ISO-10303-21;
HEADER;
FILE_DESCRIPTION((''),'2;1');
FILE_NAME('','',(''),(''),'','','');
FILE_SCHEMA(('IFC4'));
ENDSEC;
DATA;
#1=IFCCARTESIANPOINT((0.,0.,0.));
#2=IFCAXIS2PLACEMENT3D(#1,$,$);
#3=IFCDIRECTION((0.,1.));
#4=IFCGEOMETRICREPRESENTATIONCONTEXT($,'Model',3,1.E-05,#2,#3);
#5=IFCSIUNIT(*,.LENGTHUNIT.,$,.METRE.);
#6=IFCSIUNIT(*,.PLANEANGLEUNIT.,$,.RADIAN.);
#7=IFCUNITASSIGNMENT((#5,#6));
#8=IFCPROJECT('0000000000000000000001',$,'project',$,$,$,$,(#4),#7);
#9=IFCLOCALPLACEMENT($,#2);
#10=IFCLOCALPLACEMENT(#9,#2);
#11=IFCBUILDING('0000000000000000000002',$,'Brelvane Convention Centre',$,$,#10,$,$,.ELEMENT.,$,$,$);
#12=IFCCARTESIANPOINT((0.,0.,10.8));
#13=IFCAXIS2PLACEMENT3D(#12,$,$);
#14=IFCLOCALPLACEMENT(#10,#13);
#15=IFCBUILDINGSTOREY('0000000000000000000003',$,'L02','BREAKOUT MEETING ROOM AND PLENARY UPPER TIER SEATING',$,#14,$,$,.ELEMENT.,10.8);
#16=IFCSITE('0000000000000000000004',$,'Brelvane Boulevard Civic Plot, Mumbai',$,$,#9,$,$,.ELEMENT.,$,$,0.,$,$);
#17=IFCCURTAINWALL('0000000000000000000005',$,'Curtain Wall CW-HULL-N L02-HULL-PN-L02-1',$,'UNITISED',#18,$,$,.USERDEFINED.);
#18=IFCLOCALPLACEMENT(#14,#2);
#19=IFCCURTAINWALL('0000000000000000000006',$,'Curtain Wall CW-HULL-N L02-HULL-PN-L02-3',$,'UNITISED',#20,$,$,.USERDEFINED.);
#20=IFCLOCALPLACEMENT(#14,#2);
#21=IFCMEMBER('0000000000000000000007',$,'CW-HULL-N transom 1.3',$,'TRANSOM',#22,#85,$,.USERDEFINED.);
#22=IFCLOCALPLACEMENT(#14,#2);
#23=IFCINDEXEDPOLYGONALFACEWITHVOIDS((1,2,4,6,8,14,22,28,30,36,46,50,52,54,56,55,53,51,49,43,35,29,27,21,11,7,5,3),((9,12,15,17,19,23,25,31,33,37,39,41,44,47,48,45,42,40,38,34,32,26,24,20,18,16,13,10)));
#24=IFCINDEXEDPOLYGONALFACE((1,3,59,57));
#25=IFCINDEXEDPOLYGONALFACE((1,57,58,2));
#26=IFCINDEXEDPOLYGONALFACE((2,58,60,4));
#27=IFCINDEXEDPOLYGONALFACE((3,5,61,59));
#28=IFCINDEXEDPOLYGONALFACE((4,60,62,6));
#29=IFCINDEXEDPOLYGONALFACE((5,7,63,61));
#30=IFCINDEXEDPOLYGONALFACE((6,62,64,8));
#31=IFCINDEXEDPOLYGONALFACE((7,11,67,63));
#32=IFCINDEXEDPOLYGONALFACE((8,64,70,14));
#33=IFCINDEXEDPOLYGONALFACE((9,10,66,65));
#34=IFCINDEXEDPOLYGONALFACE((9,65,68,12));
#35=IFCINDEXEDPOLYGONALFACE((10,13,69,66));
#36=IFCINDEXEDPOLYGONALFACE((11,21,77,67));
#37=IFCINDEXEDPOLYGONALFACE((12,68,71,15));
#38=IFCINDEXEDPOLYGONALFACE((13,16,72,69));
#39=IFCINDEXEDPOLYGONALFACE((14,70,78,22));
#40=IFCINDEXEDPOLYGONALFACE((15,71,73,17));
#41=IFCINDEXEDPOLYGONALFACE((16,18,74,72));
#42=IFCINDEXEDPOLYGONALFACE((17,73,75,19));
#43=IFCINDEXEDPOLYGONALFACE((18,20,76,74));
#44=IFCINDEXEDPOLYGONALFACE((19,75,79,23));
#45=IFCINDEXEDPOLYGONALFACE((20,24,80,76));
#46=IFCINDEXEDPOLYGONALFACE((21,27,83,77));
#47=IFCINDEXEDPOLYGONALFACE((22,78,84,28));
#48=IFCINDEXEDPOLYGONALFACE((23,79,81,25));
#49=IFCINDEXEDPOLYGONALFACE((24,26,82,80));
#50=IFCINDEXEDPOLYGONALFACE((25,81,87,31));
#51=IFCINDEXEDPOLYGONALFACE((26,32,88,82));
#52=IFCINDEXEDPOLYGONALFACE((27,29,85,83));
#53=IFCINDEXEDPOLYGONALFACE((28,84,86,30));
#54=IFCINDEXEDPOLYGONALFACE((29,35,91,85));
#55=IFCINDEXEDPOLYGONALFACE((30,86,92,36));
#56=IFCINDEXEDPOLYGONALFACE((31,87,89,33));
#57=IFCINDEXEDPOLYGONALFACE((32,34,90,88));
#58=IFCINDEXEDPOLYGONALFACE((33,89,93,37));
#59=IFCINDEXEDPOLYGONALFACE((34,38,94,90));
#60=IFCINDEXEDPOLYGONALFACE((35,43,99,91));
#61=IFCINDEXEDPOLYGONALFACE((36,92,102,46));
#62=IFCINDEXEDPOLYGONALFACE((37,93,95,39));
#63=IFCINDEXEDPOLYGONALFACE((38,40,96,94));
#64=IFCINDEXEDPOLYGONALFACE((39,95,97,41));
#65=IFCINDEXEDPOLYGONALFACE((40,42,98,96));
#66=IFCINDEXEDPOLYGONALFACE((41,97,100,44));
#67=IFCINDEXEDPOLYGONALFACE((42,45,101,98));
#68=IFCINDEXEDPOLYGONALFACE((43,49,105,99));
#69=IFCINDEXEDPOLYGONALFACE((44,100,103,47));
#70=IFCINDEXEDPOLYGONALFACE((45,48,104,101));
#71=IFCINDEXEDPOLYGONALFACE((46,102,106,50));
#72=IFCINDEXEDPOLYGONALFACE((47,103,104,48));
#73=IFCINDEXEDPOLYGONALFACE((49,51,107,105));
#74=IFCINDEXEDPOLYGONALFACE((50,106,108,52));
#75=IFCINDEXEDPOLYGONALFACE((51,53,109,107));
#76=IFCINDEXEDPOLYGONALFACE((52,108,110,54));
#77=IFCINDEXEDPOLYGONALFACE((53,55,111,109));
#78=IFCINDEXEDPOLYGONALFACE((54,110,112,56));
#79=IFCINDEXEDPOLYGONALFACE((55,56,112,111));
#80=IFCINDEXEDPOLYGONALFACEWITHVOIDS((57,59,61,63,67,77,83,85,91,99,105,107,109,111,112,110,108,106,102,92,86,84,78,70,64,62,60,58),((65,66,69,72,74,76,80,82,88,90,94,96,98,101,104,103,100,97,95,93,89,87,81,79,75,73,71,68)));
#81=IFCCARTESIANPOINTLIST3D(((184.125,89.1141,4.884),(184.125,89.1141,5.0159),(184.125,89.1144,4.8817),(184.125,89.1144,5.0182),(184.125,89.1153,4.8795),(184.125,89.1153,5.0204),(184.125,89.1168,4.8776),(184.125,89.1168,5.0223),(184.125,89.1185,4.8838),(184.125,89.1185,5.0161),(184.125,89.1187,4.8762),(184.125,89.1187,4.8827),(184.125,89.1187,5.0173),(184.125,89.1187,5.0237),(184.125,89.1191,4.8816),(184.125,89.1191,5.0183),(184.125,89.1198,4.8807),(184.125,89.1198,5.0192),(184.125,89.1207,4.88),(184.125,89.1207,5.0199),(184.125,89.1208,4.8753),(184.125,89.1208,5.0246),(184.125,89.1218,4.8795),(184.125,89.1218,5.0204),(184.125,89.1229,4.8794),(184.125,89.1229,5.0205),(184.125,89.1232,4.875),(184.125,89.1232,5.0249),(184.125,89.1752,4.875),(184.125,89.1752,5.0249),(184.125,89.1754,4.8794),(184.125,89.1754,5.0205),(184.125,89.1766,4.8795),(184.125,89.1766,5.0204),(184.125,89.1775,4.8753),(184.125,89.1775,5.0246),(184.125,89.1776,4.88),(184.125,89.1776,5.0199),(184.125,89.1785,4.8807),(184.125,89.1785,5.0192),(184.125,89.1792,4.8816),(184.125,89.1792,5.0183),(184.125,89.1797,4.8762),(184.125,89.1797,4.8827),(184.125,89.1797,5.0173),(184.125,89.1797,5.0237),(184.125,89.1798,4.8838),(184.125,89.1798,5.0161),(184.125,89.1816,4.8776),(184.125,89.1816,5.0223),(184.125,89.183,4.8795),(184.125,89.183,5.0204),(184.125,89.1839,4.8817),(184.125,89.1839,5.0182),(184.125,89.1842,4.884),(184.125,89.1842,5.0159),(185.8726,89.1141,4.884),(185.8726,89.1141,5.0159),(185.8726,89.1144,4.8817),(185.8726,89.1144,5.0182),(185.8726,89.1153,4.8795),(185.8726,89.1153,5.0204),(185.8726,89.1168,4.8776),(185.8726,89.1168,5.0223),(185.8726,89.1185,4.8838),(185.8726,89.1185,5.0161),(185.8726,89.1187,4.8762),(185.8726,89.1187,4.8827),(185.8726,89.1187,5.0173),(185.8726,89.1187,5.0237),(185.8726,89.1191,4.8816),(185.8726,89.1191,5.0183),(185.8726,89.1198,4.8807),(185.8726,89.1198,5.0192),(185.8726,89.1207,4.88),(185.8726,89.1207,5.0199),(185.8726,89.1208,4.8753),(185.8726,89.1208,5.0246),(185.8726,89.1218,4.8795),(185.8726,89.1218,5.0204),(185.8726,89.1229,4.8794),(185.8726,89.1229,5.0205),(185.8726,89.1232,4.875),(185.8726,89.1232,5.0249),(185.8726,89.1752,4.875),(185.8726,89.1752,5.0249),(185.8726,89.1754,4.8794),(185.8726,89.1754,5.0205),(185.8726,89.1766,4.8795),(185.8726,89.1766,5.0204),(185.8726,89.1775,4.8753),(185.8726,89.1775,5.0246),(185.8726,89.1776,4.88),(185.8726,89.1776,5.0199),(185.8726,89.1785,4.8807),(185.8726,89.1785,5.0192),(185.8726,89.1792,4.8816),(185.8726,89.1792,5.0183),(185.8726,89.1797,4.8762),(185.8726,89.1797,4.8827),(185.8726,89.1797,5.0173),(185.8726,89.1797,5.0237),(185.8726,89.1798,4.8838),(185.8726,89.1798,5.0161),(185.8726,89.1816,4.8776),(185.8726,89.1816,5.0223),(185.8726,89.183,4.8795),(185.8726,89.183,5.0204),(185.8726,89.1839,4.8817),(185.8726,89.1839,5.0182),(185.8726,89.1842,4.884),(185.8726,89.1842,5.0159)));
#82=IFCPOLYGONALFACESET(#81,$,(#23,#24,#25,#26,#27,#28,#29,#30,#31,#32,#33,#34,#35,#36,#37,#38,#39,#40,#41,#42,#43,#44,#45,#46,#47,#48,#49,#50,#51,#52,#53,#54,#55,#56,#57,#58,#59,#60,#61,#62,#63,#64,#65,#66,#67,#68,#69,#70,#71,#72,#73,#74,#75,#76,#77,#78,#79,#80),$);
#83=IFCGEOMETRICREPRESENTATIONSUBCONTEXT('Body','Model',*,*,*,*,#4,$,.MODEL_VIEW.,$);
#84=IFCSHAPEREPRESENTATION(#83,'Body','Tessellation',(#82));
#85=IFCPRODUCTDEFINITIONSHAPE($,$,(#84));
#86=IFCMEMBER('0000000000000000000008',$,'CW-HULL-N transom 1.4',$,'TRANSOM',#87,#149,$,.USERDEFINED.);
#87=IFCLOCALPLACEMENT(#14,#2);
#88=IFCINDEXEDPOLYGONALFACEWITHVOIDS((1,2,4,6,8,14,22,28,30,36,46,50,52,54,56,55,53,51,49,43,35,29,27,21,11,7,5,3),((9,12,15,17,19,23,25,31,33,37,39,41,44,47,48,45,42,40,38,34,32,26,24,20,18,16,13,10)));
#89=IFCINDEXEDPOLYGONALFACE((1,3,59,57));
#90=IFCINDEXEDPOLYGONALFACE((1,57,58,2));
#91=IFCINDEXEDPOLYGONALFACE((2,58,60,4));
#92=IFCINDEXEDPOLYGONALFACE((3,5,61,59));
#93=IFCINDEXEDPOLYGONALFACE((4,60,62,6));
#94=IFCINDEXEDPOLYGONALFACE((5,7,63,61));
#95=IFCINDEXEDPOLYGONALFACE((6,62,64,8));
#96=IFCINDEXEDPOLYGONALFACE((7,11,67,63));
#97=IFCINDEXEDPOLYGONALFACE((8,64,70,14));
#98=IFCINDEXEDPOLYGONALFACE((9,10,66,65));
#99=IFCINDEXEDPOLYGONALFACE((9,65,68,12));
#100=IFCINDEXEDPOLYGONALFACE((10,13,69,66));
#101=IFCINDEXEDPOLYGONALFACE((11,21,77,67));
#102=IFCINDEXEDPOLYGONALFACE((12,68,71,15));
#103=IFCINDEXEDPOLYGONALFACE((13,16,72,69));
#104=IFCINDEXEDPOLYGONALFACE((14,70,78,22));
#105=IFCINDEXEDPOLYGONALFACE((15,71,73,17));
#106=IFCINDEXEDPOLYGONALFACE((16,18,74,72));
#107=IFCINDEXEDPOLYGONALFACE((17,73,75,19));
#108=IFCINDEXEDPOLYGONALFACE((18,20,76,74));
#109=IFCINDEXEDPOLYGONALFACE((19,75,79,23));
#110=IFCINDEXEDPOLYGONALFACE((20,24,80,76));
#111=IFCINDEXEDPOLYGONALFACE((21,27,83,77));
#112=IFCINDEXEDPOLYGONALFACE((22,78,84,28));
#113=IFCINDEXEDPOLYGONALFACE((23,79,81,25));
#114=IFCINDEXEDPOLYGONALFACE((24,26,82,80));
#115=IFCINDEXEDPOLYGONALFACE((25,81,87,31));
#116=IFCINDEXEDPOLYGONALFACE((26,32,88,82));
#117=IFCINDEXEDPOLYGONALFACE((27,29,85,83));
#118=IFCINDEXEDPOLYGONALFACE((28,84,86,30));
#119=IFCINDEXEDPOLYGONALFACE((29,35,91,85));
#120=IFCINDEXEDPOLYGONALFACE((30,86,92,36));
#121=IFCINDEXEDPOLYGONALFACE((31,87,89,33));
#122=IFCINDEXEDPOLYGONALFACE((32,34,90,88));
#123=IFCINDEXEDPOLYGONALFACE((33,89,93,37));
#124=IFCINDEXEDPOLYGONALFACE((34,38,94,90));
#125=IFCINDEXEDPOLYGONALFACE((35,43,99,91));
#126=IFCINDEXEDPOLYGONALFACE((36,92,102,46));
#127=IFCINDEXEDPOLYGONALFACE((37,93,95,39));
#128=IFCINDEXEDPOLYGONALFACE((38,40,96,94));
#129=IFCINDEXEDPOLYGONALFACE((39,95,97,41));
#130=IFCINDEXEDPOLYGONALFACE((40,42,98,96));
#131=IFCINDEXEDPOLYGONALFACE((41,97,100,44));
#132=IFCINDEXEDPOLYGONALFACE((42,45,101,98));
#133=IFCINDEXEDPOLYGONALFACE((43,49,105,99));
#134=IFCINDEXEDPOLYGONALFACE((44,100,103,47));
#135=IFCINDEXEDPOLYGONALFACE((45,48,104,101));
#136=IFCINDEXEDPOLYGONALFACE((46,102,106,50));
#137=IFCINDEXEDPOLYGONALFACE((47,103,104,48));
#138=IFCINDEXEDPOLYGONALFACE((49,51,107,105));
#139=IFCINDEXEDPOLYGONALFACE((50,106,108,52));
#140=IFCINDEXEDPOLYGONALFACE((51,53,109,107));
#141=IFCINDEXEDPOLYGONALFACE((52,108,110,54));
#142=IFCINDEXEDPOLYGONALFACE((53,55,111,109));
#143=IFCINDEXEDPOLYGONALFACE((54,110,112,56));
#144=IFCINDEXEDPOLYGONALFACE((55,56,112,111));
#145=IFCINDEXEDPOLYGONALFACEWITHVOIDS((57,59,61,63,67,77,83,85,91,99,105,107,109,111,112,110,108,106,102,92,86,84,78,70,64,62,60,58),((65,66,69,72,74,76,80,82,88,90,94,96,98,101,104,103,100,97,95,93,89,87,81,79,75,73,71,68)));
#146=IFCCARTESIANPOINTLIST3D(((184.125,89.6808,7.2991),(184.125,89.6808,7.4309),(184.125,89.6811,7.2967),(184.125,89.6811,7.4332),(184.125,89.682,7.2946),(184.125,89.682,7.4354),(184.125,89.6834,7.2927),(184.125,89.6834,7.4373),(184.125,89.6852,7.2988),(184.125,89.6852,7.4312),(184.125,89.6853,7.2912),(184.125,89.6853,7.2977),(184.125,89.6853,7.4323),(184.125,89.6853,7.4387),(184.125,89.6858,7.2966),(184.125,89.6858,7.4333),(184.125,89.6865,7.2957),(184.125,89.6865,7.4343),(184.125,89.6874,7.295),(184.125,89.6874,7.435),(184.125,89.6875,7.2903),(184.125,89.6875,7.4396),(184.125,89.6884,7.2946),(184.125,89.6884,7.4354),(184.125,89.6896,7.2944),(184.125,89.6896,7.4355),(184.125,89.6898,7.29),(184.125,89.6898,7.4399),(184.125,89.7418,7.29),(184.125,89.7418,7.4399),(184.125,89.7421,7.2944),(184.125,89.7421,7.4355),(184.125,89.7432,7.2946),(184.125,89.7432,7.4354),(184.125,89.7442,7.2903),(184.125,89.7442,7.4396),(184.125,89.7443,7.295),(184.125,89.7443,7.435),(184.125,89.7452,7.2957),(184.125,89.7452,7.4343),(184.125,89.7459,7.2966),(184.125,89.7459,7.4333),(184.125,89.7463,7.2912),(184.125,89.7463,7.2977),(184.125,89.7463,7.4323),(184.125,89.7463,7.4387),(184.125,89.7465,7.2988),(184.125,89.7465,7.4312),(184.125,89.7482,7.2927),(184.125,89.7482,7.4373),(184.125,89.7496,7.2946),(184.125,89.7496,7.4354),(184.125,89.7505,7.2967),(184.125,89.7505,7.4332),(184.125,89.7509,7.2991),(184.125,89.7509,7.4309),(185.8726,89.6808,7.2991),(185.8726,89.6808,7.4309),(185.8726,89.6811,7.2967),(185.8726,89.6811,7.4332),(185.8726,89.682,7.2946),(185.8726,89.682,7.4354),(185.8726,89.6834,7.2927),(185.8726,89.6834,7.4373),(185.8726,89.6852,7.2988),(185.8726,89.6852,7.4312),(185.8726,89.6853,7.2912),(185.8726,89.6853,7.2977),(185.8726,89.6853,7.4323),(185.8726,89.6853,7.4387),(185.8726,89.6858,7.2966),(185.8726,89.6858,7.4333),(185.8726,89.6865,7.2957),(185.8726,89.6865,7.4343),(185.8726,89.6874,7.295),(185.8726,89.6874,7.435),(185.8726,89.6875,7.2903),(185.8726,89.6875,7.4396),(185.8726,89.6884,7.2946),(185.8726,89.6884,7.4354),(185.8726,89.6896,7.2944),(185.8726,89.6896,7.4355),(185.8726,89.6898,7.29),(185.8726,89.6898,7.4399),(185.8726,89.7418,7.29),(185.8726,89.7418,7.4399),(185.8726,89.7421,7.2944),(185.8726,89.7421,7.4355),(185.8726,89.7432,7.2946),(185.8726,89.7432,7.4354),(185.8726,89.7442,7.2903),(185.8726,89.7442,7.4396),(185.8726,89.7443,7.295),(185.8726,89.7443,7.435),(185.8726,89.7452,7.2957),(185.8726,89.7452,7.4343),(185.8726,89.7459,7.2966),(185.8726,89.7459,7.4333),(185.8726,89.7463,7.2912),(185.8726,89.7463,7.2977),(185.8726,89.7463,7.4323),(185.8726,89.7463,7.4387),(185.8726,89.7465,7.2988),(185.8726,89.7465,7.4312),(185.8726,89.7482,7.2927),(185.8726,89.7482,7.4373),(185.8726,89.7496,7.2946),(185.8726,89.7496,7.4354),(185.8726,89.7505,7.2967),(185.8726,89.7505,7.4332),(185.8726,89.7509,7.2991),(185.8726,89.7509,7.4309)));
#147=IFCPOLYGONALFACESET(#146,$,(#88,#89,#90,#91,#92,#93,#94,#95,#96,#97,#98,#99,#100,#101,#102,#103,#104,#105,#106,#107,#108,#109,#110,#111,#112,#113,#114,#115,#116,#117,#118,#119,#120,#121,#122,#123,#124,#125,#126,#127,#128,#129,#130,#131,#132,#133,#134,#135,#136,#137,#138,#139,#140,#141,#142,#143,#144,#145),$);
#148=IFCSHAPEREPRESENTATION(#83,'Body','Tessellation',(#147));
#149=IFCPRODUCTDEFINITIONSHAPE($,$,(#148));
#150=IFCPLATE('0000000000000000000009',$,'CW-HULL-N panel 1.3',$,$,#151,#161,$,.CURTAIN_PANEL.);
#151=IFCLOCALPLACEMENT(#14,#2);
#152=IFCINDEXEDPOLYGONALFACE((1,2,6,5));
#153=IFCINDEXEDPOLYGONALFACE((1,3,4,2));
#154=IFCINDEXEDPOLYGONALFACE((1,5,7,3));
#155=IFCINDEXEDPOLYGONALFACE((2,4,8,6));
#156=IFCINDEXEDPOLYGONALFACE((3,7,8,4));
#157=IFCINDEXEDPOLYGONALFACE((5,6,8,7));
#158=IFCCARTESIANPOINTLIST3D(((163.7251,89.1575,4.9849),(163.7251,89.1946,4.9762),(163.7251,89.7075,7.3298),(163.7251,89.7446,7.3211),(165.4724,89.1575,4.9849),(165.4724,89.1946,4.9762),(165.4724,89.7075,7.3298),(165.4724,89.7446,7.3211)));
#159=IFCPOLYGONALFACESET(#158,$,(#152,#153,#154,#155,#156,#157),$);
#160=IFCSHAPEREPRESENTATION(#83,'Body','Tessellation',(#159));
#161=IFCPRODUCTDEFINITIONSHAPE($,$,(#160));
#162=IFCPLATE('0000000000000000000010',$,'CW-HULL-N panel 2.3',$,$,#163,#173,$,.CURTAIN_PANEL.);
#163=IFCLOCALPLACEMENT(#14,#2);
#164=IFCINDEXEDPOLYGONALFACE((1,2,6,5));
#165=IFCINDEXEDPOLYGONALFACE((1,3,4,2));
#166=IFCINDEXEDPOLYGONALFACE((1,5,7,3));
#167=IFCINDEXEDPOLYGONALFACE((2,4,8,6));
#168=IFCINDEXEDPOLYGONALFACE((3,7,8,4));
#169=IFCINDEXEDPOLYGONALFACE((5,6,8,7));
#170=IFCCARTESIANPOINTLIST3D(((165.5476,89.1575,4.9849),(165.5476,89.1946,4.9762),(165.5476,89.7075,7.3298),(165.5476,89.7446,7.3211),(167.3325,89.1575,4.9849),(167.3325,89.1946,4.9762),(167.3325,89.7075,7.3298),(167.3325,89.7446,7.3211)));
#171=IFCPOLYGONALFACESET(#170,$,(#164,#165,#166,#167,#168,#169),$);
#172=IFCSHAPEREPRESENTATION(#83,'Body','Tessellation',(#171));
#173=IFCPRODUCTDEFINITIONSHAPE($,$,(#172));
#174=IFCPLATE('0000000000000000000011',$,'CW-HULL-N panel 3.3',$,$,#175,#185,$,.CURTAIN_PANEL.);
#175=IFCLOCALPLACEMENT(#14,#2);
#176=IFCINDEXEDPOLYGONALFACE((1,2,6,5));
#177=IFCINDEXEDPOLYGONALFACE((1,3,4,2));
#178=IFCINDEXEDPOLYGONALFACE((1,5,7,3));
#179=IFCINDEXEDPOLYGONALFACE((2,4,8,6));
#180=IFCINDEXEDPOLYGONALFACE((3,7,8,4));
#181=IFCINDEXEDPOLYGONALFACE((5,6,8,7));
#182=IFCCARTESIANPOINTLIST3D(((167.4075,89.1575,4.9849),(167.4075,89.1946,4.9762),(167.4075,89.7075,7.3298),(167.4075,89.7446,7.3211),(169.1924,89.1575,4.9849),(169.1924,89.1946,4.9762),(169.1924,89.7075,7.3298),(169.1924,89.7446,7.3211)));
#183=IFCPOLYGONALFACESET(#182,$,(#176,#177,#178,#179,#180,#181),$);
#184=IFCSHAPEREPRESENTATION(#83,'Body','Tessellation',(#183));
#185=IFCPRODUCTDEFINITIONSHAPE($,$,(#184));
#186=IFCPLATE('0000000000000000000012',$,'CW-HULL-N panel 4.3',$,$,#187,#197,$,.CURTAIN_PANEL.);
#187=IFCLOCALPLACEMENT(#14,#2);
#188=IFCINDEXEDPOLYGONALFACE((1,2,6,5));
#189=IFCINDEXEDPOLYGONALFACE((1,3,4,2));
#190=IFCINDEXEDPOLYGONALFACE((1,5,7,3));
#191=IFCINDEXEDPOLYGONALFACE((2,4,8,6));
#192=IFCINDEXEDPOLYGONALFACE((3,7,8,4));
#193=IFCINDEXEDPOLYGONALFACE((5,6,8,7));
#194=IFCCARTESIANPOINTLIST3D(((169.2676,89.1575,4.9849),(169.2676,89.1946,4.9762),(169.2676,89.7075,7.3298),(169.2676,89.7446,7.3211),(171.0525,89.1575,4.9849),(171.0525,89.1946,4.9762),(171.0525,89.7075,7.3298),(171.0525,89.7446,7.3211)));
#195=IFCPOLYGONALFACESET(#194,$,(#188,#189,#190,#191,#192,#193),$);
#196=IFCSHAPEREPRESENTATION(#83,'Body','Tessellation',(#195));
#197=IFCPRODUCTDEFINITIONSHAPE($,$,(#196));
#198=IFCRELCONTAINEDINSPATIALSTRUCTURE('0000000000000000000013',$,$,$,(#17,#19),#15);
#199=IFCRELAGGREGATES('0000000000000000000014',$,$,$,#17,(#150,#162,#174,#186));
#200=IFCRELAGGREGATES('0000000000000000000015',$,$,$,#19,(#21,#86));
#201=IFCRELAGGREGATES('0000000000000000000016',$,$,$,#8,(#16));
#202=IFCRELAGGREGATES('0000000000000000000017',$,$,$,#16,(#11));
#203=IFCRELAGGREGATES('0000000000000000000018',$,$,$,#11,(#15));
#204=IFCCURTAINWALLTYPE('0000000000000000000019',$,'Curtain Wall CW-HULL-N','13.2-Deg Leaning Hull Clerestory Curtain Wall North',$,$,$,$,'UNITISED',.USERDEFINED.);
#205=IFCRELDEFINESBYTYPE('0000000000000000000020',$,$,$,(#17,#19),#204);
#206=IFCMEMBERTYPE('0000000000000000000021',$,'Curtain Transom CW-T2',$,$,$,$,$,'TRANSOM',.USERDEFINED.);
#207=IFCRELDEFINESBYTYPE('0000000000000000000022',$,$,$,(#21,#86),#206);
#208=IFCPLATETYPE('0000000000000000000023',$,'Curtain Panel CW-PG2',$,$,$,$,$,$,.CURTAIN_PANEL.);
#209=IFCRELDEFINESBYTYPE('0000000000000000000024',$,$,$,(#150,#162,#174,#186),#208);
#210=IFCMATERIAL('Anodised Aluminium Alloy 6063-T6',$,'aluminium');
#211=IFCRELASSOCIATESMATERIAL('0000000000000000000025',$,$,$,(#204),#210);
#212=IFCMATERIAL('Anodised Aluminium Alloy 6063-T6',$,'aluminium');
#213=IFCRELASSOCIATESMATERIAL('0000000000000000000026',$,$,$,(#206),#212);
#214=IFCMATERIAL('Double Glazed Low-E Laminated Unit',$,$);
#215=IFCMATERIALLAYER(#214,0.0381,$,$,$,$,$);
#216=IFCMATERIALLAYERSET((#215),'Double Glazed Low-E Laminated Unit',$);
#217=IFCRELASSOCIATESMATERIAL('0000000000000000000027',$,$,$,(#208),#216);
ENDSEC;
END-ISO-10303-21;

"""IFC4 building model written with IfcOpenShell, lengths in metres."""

from ifc_helpers import new_model, si_unit, direction, frame, origin, origin_2d, place, context, subcontext, project, spatial, polyline, hollow_rectangle, outline, extrude, material, layer, layer_set, material_profile, profile_set, type_object, element, aggregate, save


model = new_model("IFC4")

# Units and contexts
model_context = context("Model", 3, precision=1e-05, world=origin(), true_north=direction((0.0, 1.0)))
body_context = subcontext(model_context, "Body", "Model", "MODEL_VIEW")
ifc_project = project(units=[si_unit("LENGTHUNIT", "METRE"), si_unit("PLANEANGLEUNIT", "RADIAN")], contexts=[model_context])

# Site, building, storey
site_placement = place(None, origin())
site = spatial("IfcSite", under=ifc_project, at=site_placement, Name="Brelvane Boulevard Civic Plot, Mumbai", CompositionType="ELEMENT", RefElevation=0.0)
building_placement = place(site_placement, origin())
building = spatial("IfcBuilding", under=site, at=building_placement, Name="Brelvane Convention Centre", CompositionType="ELEMENT")
storey_placement = place(building_placement, frame((0.0, 0.0, 10.8)))
storey = spatial("IfcBuildingStorey", under=building, at=storey_placement, Name="L02", Description="BREAKOUT MEETING ROOM AND PLENARY UPPER TIER SEATING", CompositionType="ELEMENT", Elevation=10.8)

# Curtain walls, members
ifc_material_1 = material(Name="Anodised Aluminium Alloy 6063-T6", Category="aluminium")
curtain_wall_type = type_object("IfcCurtainWallType", Name="Curtain Wall CW-HULL-N", Description="13.2-Deg Leaning Hull Clerestory Curtain Wall North", ElementType="UNITISED", PredefinedType="USERDEFINED", material=ifc_material_1)
curtain_wall_1_placement = place(storey_placement, origin())
curtain_wall_1 = element("IfcCurtainWall", 1, at=curtain_wall_1_placement, inside=storey, type_object=curtain_wall_type, Name="Curtain Wall CW-HULL-N L02-HULL-PN-L02-1", ObjectType="UNITISED", PredefinedType="USERDEFINED")
ifc_material_2 = material(Name="Anodised Aluminium Alloy 6063-T6", Category="aluminium")
ifc_material_profile = material_profile(ifc_material_2, hollow_rectangle(XDim=0.0701, YDim=0.1499, WallThickness=0.0044, InnerFilletRadius=0.0044, OuterFilletRadius=0.009, at=origin_2d()), Name="ALU-T 150x70x4.5")
ifc_profile_set = profile_set([ifc_material_profile], Name="Anodised Aluminium Alloy 6063-T6")
member_type = type_object("IfcMemberType", Name="Curtain Transom CW-T2", ElementType="TRANSOM", PredefinedType="USERDEFINED", material=ifc_profile_set)
curtain_wall_2_placement = place(storey_placement, origin())
curtain_wall_2 = element("IfcCurtainWall", 2, at=curtain_wall_2_placement, inside=storey, type_object=curtain_wall_type, Name="Curtain Wall CW-HULL-N L02-HULL-PN-L02-3", ObjectType="UNITISED", PredefinedType="USERDEFINED")
member_1_placement = place(storey_placement, frame((184.125, 89.1492, 4.95), z_axis=(1.0, 0.0, 0.0), x_axis=(0.0, 1.0, 0.0)))
member_1 = element("IfcMember", 3, at=member_1_placement, type_object=member_type, Name="CW-HULL-N transom 1.3", ObjectType="TRANSOM", PredefinedType="USERDEFINED", context=body_context, shape_type="SweptSolid", body=[
    extrude(hollow_rectangle(XDim=0.0701, YDim=0.1499, WallThickness=0.0044, InnerFilletRadius=0.0044, OuterFilletRadius=0.009, at=origin_2d()), origin(), (0.0, 0.0, 1.0), 1.7476),
])
member_2_placement = place(storey_placement, frame((184.125, 89.7158, 7.365), z_axis=(1.0, 0.0, 0.0), x_axis=(0.0, 1.0, 0.0)))
member_2 = element("IfcMember", 4, at=member_2_placement, type_object=member_type, Name="CW-HULL-N transom 1.4", ObjectType="TRANSOM", PredefinedType="USERDEFINED", context=body_context, shape_type="SweptSolid", body=[
    extrude(hollow_rectangle(XDim=0.0701, YDim=0.1499, WallThickness=0.0044, InnerFilletRadius=0.0044, OuterFilletRadius=0.009, at=origin_2d()), origin(), (0.0, 0.0, 1.0), 1.7476),
])

# Plates
ifc_material_3 = material(Name="Double Glazed Low-E Laminated Unit")
ifc_layer = layer(ifc_material_3, 0.0381)
ifc_layer_set = layer_set([ifc_layer], Name="Double Glazed Low-E Laminated Unit")
plate_type = type_object("IfcPlateType", Name="Curtain Panel CW-PG2", PredefinedType="CURTAIN_PANEL", material=ifc_layer_set)
plate_1_placement = place(storey_placement, frame((163.7251, 89.1575, 4.9849), z_axis=(0.0, -0.973575, 0.228367), x_axis=(1.0, 0.0, 0.0)))
plate_1 = element("IfcPlate", 5, at=plate_1_placement, type_object=plate_type, Name="CW-HULL-N panel 1.3", PredefinedType="CURTAIN_PANEL", context=body_context, shape_type="SweptSolid", body=[
    extrude(outline(polyline([(0.0, 0.0), (1.7473, 0.0), (1.7473, 2.4086), (0.0, 2.4086), (0.0, 0.0)])), origin(), (0.0, 0.0, -1.0), 0.0381),
])
plate_2_placement = place(storey_placement, frame((165.5476, 89.1575, 4.9849), z_axis=(0.0, -0.973575, 0.228367), x_axis=(1.0, 0.0, 0.0)))
plate_2 = element("IfcPlate", 6, at=plate_2_placement, type_object=plate_type, Name="CW-HULL-N panel 2.3", PredefinedType="CURTAIN_PANEL", context=body_context, shape_type="SweptSolid", body=[
    extrude(outline(polyline([(0.0, 0.0), (1.7849, 0.0), (1.7849, 2.4086), (0.0, 2.4086), (0.0, 0.0)])), origin(), (0.0, 0.0, -1.0), 0.0381),
])
plate_3_placement = place(storey_placement, frame((167.4075, 89.1575, 4.9849), z_axis=(0.0, -0.973575, 0.228367), x_axis=(1.0, 0.0, 0.0)))
plate_3 = element("IfcPlate", 7, at=plate_3_placement, type_object=plate_type, Name="CW-HULL-N panel 3.3", PredefinedType="CURTAIN_PANEL", context=body_context, shape_type="SweptSolid", body=[
    extrude(outline(polyline([(0.0, 0.0), (1.7849, 0.0), (1.7849, 2.4086), (0.0, 2.4086), (0.0, 0.0)])), origin(), (0.0, 0.0, -1.0), 0.0381),
])
plate_4_placement = place(storey_placement, frame((169.2676, 89.1575, 4.9849), z_axis=(0.0, -0.973575, 0.228367), x_axis=(1.0, 0.0, 0.0)))
plate_4 = element("IfcPlate", 8, at=plate_4_placement, type_object=plate_type, Name="CW-HULL-N panel 4.3", PredefinedType="CURTAIN_PANEL", context=body_context, shape_type="SweptSolid", body=[
    extrude(outline(polyline([(0.0, 0.0), (1.7849, 0.0), (1.7849, 2.4086), (0.0, 2.4086), (0.0, 0.0)])), origin(), (0.0, 0.0, -1.0), 0.0381),
])
aggregate(curtain_wall_1, [plate_1, plate_2, plate_3, plate_4])
aggregate(curtain_wall_2, [member_1, member_2])

save(model, "model.ifc")
